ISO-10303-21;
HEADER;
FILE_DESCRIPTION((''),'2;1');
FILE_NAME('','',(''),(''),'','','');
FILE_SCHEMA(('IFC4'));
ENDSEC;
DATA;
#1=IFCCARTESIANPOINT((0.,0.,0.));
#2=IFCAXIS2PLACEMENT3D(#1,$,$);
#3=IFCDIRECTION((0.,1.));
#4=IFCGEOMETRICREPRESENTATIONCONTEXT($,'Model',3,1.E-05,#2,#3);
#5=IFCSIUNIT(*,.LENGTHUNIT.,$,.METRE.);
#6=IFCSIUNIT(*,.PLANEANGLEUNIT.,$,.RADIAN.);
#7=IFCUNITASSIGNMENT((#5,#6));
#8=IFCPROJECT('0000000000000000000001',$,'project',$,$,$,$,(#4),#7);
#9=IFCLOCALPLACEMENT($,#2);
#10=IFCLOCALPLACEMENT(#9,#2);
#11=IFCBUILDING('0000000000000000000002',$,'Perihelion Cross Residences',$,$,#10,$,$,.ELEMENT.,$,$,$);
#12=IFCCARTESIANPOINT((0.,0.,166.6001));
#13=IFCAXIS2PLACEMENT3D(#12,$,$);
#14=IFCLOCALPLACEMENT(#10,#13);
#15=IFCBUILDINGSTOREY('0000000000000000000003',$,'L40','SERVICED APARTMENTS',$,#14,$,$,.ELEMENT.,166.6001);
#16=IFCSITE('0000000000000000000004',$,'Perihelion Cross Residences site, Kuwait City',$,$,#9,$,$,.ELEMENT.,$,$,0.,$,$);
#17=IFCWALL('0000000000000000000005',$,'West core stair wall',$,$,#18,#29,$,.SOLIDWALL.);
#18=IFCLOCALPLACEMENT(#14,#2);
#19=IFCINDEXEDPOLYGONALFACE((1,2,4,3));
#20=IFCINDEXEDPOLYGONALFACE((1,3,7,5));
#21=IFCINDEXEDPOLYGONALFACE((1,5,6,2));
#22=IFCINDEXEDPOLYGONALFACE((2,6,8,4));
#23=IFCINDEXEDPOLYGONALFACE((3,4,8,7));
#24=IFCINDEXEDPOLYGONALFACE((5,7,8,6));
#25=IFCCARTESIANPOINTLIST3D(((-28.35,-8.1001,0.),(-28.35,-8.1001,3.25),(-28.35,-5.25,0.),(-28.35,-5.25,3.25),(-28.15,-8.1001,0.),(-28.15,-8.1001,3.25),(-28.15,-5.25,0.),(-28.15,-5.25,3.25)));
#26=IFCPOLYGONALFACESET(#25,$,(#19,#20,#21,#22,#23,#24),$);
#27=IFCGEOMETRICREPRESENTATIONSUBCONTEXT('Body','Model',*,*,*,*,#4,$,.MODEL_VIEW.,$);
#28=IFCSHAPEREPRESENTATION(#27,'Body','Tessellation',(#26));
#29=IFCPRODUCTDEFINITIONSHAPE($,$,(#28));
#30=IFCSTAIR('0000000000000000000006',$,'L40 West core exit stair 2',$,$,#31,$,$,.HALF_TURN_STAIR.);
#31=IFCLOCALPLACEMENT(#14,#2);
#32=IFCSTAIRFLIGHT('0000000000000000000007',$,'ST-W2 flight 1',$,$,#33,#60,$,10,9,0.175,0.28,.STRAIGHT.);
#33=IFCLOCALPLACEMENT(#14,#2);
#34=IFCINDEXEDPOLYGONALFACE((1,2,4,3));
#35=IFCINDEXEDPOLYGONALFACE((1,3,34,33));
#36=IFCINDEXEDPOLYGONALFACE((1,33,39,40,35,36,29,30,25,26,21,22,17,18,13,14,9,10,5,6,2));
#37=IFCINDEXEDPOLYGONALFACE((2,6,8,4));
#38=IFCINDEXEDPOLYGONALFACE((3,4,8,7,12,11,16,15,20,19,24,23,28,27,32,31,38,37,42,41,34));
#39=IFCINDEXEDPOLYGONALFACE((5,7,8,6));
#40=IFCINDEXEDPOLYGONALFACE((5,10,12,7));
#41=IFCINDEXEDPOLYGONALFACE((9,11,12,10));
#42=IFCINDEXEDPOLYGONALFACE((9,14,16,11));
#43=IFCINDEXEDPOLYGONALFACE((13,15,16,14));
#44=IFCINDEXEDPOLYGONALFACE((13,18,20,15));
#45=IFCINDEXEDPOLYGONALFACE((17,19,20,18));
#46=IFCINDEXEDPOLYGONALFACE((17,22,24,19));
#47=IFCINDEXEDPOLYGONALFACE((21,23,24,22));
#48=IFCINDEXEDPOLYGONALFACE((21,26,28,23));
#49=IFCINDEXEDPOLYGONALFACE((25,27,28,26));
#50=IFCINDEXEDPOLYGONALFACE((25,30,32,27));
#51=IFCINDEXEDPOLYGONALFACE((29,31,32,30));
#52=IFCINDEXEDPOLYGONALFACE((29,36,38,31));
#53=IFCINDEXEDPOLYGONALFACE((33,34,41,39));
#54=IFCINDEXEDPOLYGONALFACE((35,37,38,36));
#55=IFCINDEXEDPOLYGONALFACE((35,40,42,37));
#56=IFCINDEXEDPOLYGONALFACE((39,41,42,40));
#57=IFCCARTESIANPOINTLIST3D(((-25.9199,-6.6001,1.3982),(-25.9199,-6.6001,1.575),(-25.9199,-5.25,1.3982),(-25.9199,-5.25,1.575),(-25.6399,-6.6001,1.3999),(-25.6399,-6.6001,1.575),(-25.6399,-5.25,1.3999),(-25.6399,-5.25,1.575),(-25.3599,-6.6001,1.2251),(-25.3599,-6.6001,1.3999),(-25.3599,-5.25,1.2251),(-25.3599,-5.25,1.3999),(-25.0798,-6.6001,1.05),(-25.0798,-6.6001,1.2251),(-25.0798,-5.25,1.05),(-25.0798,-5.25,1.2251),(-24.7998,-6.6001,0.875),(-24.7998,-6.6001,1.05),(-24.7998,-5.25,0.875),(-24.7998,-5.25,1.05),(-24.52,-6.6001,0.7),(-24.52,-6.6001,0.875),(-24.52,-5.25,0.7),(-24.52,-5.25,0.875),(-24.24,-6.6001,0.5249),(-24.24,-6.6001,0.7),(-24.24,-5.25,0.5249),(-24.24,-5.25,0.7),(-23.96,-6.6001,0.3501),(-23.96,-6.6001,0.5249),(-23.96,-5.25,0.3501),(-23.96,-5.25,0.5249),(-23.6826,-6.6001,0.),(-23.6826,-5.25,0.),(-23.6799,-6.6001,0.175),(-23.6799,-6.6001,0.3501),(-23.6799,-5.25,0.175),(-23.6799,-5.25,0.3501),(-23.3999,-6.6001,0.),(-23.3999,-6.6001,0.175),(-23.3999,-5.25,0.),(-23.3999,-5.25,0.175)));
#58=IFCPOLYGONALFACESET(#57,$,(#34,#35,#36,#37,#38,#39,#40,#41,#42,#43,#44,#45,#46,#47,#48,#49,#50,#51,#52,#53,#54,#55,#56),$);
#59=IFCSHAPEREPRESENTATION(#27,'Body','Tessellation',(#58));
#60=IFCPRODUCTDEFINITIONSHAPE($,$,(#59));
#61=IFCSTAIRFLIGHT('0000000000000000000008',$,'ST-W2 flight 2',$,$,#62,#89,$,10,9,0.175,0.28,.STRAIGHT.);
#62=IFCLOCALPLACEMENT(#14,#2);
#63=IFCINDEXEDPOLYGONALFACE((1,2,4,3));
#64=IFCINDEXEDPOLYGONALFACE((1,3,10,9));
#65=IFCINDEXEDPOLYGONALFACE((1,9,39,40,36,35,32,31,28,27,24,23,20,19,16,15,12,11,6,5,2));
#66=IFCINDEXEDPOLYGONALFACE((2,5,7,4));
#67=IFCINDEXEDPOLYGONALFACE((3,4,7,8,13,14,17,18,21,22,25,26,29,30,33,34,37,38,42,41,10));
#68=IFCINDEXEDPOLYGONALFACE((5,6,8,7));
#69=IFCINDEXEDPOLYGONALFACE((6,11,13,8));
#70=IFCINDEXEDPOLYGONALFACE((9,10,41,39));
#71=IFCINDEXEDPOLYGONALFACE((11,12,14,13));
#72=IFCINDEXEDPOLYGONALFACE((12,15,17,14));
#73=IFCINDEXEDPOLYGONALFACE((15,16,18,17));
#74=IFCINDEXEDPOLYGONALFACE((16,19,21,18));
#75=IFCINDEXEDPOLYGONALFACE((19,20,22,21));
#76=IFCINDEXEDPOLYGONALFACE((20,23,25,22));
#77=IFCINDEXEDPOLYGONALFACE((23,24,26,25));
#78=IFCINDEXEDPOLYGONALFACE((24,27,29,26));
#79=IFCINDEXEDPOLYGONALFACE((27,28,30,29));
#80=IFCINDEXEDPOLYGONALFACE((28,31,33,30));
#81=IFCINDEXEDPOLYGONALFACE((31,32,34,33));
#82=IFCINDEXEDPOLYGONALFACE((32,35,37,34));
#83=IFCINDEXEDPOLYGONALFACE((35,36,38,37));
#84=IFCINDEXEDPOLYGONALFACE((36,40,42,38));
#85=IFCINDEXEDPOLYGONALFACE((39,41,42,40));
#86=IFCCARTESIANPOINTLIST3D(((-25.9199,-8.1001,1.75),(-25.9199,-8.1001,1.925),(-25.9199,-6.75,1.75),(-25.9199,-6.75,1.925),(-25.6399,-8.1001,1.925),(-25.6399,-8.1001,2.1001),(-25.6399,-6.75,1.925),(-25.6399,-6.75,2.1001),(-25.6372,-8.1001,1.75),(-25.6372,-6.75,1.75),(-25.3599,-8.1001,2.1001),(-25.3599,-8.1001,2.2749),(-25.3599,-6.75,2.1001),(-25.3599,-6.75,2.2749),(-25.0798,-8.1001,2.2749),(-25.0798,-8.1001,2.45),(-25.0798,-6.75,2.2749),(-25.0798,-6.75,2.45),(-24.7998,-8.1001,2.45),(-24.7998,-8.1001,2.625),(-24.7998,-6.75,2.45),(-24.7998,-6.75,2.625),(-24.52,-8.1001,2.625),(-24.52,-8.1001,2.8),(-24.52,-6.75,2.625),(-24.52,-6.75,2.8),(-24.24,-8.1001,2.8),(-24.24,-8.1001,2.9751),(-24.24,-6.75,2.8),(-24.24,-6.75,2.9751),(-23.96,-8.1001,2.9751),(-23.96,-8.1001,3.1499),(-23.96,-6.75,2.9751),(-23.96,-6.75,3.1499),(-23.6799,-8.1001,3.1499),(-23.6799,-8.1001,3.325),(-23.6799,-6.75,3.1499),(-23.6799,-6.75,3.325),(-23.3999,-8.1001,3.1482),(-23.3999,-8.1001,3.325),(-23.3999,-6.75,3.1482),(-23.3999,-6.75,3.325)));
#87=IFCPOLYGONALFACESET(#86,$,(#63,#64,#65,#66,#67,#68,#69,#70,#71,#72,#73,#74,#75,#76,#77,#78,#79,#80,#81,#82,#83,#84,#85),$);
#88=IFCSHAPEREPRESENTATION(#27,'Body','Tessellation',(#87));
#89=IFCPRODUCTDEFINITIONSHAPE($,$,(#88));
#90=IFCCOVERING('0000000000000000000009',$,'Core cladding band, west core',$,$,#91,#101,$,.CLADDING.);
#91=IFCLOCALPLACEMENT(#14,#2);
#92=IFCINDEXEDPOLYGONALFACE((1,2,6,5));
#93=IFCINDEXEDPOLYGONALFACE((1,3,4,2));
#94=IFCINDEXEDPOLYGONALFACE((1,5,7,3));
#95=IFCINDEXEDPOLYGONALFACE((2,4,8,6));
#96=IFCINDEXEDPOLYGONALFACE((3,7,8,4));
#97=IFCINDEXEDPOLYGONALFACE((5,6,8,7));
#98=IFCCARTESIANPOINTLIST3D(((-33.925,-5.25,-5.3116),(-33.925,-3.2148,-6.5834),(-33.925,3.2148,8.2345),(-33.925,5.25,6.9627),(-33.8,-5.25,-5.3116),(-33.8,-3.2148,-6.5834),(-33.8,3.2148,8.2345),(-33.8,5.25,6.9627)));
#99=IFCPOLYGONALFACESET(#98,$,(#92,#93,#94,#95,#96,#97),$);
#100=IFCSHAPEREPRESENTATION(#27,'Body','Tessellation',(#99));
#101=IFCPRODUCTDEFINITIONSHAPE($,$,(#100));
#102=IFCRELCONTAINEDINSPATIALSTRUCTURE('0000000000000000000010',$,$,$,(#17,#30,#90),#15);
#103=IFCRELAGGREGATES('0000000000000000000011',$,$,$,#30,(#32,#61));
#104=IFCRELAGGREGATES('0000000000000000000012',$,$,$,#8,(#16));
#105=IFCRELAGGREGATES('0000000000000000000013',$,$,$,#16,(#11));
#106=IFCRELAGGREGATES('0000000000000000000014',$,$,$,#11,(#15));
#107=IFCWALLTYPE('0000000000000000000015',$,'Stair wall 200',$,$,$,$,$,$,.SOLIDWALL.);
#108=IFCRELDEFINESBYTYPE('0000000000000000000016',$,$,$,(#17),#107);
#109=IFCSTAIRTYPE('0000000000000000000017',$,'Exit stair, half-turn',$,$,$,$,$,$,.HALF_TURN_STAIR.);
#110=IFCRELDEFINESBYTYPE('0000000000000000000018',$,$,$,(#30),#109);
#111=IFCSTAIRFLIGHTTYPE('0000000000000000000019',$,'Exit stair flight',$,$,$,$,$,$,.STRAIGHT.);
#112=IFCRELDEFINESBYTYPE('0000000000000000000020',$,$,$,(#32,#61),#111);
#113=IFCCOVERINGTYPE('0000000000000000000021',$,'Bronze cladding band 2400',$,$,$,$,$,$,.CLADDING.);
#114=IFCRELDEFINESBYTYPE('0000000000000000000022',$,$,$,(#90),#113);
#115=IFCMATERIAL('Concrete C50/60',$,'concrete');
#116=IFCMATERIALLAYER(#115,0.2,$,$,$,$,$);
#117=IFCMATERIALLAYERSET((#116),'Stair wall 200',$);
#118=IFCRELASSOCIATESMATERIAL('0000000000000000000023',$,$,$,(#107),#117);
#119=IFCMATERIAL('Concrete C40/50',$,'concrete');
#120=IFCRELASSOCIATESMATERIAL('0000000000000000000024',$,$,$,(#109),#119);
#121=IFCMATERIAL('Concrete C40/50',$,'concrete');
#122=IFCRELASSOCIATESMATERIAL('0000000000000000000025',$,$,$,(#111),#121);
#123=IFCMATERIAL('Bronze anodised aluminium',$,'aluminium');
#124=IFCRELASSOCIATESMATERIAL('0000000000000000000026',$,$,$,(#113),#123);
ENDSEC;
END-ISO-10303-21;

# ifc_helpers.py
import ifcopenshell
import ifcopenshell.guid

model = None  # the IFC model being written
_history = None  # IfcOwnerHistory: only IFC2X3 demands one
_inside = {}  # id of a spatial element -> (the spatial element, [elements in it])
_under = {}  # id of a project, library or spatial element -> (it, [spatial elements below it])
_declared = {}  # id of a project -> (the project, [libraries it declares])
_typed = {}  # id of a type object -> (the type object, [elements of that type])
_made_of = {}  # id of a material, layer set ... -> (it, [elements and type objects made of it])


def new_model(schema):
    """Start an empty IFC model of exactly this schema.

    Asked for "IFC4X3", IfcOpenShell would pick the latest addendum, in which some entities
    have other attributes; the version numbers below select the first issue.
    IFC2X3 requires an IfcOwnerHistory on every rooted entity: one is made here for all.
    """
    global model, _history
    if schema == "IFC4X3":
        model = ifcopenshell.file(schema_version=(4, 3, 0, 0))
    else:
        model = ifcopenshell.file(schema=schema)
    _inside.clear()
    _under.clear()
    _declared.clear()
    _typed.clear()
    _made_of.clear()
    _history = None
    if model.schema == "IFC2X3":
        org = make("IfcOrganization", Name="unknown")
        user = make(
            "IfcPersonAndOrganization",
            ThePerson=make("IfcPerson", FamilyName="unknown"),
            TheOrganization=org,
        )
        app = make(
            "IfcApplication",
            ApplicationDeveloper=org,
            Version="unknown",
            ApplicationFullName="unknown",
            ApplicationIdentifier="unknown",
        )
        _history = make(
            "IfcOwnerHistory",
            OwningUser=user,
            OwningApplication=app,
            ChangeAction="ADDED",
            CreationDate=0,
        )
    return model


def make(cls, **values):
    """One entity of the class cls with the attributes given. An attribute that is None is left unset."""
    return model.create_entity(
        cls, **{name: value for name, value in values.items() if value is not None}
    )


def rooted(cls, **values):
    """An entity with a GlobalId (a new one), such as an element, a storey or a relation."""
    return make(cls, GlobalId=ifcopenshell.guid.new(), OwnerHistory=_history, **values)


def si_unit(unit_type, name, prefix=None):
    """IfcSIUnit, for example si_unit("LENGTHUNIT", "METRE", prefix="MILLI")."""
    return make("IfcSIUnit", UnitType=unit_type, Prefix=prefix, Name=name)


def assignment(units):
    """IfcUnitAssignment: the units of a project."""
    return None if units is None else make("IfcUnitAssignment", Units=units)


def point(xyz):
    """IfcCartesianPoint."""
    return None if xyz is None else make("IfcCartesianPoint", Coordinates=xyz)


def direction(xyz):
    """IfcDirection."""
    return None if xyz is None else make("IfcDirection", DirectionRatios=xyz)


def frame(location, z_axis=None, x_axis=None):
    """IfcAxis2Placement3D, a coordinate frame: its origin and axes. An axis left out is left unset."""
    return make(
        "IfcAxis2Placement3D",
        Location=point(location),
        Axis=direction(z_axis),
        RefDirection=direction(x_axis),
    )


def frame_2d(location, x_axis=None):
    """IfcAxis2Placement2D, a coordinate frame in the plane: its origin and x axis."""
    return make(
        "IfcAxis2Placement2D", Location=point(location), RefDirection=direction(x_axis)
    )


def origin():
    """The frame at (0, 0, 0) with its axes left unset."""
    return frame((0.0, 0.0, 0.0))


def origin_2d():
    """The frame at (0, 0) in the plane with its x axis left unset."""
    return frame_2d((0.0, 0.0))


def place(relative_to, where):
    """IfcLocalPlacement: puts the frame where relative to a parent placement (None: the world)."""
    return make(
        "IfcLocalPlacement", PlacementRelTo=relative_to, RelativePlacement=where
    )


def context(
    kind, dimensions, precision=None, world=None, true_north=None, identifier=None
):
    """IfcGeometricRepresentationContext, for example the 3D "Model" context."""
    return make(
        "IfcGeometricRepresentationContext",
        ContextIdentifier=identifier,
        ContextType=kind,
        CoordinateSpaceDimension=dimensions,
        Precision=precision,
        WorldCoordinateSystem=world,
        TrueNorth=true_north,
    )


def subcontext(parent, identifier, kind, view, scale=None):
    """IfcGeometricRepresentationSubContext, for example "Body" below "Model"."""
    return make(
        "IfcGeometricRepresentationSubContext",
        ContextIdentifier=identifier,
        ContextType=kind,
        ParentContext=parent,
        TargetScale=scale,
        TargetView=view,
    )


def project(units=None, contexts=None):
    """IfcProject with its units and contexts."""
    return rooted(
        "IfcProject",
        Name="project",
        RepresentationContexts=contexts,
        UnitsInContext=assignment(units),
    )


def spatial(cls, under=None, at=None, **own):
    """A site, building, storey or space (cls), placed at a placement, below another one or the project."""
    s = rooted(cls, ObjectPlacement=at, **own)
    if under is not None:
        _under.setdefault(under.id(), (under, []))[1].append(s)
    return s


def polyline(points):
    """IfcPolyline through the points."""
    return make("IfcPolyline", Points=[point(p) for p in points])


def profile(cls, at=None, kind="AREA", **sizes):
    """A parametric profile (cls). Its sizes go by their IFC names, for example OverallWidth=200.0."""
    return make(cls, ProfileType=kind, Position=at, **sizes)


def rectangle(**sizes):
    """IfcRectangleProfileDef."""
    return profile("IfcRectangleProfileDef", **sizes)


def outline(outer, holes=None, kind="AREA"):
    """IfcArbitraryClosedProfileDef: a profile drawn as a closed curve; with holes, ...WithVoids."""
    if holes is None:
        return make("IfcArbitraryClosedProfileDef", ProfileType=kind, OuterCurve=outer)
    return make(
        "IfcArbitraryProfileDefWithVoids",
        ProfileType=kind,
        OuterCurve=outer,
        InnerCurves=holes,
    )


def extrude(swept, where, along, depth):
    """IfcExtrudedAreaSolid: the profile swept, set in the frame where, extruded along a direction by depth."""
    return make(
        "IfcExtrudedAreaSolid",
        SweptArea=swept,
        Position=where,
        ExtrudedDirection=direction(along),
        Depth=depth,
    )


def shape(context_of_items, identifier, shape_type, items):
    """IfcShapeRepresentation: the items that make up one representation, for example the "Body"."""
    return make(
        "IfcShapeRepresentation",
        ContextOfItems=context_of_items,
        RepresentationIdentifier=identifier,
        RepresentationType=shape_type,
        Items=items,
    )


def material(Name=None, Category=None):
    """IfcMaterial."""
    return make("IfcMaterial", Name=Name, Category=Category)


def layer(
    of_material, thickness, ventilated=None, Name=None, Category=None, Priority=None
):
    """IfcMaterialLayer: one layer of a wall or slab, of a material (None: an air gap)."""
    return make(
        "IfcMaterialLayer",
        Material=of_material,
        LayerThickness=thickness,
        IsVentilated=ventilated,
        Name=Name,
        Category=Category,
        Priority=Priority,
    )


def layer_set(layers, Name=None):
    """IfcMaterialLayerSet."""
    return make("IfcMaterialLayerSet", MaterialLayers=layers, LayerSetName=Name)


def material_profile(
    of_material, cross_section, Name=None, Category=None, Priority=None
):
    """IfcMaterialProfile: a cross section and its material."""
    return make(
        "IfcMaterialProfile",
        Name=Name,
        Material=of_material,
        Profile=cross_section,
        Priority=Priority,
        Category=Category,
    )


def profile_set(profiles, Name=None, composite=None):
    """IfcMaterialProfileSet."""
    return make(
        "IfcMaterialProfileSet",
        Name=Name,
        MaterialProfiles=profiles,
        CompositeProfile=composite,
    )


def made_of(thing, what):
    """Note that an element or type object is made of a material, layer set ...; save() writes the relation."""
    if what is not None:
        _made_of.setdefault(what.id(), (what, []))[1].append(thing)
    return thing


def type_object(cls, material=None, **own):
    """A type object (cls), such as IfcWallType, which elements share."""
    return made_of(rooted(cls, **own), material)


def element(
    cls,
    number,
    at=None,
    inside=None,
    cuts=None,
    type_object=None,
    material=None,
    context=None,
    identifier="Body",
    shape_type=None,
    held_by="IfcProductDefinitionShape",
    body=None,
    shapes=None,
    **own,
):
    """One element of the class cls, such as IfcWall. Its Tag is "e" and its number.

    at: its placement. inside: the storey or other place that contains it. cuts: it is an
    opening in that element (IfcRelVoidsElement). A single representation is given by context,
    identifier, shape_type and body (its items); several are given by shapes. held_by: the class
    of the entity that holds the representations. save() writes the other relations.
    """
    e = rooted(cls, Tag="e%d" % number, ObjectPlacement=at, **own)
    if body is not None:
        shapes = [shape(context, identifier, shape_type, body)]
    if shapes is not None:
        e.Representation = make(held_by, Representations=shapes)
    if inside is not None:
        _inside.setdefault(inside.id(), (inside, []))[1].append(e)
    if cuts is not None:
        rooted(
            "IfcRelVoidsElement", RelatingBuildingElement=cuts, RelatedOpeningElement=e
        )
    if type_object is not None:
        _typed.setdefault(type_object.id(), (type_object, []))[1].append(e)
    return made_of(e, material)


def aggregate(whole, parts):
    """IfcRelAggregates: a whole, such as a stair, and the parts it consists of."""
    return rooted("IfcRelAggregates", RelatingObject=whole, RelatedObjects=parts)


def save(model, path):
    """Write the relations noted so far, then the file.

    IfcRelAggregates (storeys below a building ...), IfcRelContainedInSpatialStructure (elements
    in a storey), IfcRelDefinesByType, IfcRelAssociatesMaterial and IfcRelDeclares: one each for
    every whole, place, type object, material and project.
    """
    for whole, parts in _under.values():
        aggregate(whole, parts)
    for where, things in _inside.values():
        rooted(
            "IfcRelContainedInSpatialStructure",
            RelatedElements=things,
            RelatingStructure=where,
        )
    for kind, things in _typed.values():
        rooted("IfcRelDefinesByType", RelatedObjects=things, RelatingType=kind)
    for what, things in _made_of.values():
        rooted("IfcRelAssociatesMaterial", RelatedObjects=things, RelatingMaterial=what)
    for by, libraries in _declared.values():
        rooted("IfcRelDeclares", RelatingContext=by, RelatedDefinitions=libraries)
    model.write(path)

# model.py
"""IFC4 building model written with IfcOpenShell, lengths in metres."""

from ifc_helpers import new_model, si_unit, direction, frame, frame_2d, origin, origin_2d, place, context, subcontext, project, spatial, polyline, rectangle, outline, extrude, material, layer, layer_set, material_profile, profile_set, type_object, element, aggregate, save


model = new_model("IFC4")

# Units and contexts
model_context = context("Model", 3, precision=1e-05, world=origin(), true_north=direction((0.0, 1.0)))
body_context = subcontext(model_context, "Body", "Model", "MODEL_VIEW")
ifc_project = project(units=[si_unit("LENGTHUNIT", "METRE"), si_unit("PLANEANGLEUNIT", "RADIAN")], contexts=[model_context])

# Site, building, storey
site_placement = place(None, origin())
site = spatial("IfcSite", under=ifc_project, at=site_placement, Name="Perihelion Cross Residences site, Kuwait City", CompositionType="ELEMENT", RefElevation=0.0)
building_placement = place(site_placement, origin())
building = spatial("IfcBuilding", under=site, at=building_placement, Name="Perihelion Cross Residences", CompositionType="ELEMENT")
storey_placement = place(building_placement, frame((0.0, 0.0, 166.6001)))
storey = spatial("IfcBuildingStorey", under=building, at=storey_placement, Name="L40", Description="SERVICED APARTMENTS", CompositionType="ELEMENT", Elevation=166.6001)

# Shared definitions
ifc_material_1 = material(Name="Concrete C50/60", Category="concrete")
ifc_layer_1 = layer(ifc_material_1, 0.2)
ifc_layer_set_1 = layer_set([ifc_layer_1], Name="Stair wall 200")
wall_type_1 = type_object("IfcWallType", Name="Stair wall 200", PredefinedType="SOLIDWALL", material=ifc_layer_set_1)

# Wall
wall_1_placement = place(storey_placement, frame((-28.25, -8.1001, 0.0), z_axis=(0.0, 0.0, 1.0), x_axis=(0.0, 1.0, 0.0)))
element("IfcWall", 1, at=wall_1_placement, inside=storey, type_object=wall_type_1, Name="West core stair wall", PredefinedType="SOLIDWALL", context=body_context, shape_type="SweptSolid", body=[
    extrude(rectangle(XDim=2.8501, YDim=0.2, at=frame_2d((1.425, 0.0))), origin(), (0.0, 0.0, 1.0), 3.25),
])

# Stair, stair flights
ifc_material_2 = material(Name="Concrete C40/50", Category="concrete")
stair_type = type_object("IfcStairType", Name="Exit stair, half-turn", PredefinedType="HALF_TURN_STAIR", material=ifc_material_2)
stair_placement = place(storey_placement, origin())
stair = element("IfcStair", 2, at=stair_placement, inside=storey, type_object=stair_type, Name="L40 West core exit stair 2", PredefinedType="HALF_TURN_STAIR")
ifc_material_3 = material(Name="Concrete C40/50", Category="concrete")
stair_flight_type = type_object("IfcStairFlightType", Name="Exit stair flight", PredefinedType="STRAIGHT", material=ifc_material_3)
stair_flight_1_placement = place(storey_placement, frame((-23.3999, -5.925, 0.0), z_axis=(0.0, 0.0, 1.0), x_axis=(-1.0, 0.0, 0.0)))
stair_flight_1 = element("IfcStairFlight", 3, at=stair_flight_1_placement, type_object=stair_flight_type, Name="ST-W2 flight 1", NumberOfRisers=10, NumberOfTreads=9, PredefinedType="STRAIGHT", RiserHeight=0.175, TreadLength=0.28, context=body_context, shape_type="SweptSolid", body=[
    extrude(outline(polyline([(0.0, 0.0), (0.0, 0.175), (0.28, 0.175), (0.28, 0.3501), (0.5601, 0.3501), (0.5601, 0.5249), (0.8401, 0.5249), (0.8401, 0.7), (1.1201, 0.7), (1.1201, 0.875), (1.3999, 0.875), (1.3999, 1.05), (1.6799, 1.05), (1.6799, 1.2251), (1.96, 1.2251), (1.96, 1.3999), (2.24, 1.3999), (2.24, 1.575), (2.52, 1.575), (2.52, 1.75), (2.52, 1.3982), (0.2827, 0.0), (0.0, 0.0)])), frame((0.0, 0.675, 0.0), z_axis=(0.0, -1.0, 0.0), x_axis=(1.0, 0.0, 0.0)), (0.0, 0.0, 1.0), 1.3501),
])
stair_flight_2_placement = place(storey_placement, frame((-25.9199, -7.425, 1.75), z_axis=(0.0, 0.0, 1.0), x_axis=(1.0, 0.0, 0.0)))
stair_flight_2 = element("IfcStairFlight", 4, at=stair_flight_2_placement, type_object=stair_flight_type, Name="ST-W2 flight 2", NumberOfRisers=10, NumberOfTreads=9, PredefinedType="STRAIGHT", RiserHeight=0.175, TreadLength=0.28, context=body_context, shape_type="SweptSolid", body=[
    extrude(outline(polyline([(0.0, 0.0), (0.0, 0.175), (0.28, 0.175), (0.28, 0.3501), (0.5601, 0.3501), (0.5601, 0.5249), (0.8401, 0.5249), (0.8401, 0.7), (1.1201, 0.7), (1.1201, 0.875), (1.3999, 0.875), (1.3999, 1.05), (1.6799, 1.05), (1.6799, 1.2251), (1.96, 1.2251), (1.96, 1.3999), (2.24, 1.3999), (2.24, 1.575), (2.52, 1.575), (2.52, 1.75), (2.52, 1.3982), (0.2827, 0.0), (0.0, 0.0)])), frame((0.0, 0.675, 0.0), z_axis=(0.0, -1.0, 0.0), x_axis=(1.0, 0.0, 0.0)), (0.0, 0.0, 1.0), 1.3501),
])
aggregate(stair, [stair_flight_1, stair_flight_2])

# Covering
ifc_material_4 = material(Name="Bronze anodised aluminium", Category="aluminium")
ifc_material_profile = material_profile(ifc_material_4, rectangle(XDim=0.125, YDim=2.3999, at=origin_2d()), Name="Bronze cladding band 2400")
ifc_profile_set = profile_set([ifc_material_profile], Name="Bronze anodised aluminium")
covering_type = type_object("IfcCoveringType", Name="Bronze cladding band 2400", PredefinedType="CLADDING", material=ifc_profile_set)
covering_placement = place(storey_placement, frame((-33.8625, -4.2324, -5.9475), z_axis=(0.0, 0.529932, 0.84804), x_axis=(-1.0, 0.0, 0.0)))
element("IfcCovering", 5, at=covering_placement, inside=storey, type_object=covering_type, Name="Core cladding band, west core", PredefinedType="CLADDING", context=body_context, shape_type="SweptSolid", body=[
    extrude(rectangle(XDim=0.125, YDim=2.3999, at=origin_2d()), origin(), (0.0, 0.0, 1.0), 15.9734),
])

save(model, "model.ifc")
